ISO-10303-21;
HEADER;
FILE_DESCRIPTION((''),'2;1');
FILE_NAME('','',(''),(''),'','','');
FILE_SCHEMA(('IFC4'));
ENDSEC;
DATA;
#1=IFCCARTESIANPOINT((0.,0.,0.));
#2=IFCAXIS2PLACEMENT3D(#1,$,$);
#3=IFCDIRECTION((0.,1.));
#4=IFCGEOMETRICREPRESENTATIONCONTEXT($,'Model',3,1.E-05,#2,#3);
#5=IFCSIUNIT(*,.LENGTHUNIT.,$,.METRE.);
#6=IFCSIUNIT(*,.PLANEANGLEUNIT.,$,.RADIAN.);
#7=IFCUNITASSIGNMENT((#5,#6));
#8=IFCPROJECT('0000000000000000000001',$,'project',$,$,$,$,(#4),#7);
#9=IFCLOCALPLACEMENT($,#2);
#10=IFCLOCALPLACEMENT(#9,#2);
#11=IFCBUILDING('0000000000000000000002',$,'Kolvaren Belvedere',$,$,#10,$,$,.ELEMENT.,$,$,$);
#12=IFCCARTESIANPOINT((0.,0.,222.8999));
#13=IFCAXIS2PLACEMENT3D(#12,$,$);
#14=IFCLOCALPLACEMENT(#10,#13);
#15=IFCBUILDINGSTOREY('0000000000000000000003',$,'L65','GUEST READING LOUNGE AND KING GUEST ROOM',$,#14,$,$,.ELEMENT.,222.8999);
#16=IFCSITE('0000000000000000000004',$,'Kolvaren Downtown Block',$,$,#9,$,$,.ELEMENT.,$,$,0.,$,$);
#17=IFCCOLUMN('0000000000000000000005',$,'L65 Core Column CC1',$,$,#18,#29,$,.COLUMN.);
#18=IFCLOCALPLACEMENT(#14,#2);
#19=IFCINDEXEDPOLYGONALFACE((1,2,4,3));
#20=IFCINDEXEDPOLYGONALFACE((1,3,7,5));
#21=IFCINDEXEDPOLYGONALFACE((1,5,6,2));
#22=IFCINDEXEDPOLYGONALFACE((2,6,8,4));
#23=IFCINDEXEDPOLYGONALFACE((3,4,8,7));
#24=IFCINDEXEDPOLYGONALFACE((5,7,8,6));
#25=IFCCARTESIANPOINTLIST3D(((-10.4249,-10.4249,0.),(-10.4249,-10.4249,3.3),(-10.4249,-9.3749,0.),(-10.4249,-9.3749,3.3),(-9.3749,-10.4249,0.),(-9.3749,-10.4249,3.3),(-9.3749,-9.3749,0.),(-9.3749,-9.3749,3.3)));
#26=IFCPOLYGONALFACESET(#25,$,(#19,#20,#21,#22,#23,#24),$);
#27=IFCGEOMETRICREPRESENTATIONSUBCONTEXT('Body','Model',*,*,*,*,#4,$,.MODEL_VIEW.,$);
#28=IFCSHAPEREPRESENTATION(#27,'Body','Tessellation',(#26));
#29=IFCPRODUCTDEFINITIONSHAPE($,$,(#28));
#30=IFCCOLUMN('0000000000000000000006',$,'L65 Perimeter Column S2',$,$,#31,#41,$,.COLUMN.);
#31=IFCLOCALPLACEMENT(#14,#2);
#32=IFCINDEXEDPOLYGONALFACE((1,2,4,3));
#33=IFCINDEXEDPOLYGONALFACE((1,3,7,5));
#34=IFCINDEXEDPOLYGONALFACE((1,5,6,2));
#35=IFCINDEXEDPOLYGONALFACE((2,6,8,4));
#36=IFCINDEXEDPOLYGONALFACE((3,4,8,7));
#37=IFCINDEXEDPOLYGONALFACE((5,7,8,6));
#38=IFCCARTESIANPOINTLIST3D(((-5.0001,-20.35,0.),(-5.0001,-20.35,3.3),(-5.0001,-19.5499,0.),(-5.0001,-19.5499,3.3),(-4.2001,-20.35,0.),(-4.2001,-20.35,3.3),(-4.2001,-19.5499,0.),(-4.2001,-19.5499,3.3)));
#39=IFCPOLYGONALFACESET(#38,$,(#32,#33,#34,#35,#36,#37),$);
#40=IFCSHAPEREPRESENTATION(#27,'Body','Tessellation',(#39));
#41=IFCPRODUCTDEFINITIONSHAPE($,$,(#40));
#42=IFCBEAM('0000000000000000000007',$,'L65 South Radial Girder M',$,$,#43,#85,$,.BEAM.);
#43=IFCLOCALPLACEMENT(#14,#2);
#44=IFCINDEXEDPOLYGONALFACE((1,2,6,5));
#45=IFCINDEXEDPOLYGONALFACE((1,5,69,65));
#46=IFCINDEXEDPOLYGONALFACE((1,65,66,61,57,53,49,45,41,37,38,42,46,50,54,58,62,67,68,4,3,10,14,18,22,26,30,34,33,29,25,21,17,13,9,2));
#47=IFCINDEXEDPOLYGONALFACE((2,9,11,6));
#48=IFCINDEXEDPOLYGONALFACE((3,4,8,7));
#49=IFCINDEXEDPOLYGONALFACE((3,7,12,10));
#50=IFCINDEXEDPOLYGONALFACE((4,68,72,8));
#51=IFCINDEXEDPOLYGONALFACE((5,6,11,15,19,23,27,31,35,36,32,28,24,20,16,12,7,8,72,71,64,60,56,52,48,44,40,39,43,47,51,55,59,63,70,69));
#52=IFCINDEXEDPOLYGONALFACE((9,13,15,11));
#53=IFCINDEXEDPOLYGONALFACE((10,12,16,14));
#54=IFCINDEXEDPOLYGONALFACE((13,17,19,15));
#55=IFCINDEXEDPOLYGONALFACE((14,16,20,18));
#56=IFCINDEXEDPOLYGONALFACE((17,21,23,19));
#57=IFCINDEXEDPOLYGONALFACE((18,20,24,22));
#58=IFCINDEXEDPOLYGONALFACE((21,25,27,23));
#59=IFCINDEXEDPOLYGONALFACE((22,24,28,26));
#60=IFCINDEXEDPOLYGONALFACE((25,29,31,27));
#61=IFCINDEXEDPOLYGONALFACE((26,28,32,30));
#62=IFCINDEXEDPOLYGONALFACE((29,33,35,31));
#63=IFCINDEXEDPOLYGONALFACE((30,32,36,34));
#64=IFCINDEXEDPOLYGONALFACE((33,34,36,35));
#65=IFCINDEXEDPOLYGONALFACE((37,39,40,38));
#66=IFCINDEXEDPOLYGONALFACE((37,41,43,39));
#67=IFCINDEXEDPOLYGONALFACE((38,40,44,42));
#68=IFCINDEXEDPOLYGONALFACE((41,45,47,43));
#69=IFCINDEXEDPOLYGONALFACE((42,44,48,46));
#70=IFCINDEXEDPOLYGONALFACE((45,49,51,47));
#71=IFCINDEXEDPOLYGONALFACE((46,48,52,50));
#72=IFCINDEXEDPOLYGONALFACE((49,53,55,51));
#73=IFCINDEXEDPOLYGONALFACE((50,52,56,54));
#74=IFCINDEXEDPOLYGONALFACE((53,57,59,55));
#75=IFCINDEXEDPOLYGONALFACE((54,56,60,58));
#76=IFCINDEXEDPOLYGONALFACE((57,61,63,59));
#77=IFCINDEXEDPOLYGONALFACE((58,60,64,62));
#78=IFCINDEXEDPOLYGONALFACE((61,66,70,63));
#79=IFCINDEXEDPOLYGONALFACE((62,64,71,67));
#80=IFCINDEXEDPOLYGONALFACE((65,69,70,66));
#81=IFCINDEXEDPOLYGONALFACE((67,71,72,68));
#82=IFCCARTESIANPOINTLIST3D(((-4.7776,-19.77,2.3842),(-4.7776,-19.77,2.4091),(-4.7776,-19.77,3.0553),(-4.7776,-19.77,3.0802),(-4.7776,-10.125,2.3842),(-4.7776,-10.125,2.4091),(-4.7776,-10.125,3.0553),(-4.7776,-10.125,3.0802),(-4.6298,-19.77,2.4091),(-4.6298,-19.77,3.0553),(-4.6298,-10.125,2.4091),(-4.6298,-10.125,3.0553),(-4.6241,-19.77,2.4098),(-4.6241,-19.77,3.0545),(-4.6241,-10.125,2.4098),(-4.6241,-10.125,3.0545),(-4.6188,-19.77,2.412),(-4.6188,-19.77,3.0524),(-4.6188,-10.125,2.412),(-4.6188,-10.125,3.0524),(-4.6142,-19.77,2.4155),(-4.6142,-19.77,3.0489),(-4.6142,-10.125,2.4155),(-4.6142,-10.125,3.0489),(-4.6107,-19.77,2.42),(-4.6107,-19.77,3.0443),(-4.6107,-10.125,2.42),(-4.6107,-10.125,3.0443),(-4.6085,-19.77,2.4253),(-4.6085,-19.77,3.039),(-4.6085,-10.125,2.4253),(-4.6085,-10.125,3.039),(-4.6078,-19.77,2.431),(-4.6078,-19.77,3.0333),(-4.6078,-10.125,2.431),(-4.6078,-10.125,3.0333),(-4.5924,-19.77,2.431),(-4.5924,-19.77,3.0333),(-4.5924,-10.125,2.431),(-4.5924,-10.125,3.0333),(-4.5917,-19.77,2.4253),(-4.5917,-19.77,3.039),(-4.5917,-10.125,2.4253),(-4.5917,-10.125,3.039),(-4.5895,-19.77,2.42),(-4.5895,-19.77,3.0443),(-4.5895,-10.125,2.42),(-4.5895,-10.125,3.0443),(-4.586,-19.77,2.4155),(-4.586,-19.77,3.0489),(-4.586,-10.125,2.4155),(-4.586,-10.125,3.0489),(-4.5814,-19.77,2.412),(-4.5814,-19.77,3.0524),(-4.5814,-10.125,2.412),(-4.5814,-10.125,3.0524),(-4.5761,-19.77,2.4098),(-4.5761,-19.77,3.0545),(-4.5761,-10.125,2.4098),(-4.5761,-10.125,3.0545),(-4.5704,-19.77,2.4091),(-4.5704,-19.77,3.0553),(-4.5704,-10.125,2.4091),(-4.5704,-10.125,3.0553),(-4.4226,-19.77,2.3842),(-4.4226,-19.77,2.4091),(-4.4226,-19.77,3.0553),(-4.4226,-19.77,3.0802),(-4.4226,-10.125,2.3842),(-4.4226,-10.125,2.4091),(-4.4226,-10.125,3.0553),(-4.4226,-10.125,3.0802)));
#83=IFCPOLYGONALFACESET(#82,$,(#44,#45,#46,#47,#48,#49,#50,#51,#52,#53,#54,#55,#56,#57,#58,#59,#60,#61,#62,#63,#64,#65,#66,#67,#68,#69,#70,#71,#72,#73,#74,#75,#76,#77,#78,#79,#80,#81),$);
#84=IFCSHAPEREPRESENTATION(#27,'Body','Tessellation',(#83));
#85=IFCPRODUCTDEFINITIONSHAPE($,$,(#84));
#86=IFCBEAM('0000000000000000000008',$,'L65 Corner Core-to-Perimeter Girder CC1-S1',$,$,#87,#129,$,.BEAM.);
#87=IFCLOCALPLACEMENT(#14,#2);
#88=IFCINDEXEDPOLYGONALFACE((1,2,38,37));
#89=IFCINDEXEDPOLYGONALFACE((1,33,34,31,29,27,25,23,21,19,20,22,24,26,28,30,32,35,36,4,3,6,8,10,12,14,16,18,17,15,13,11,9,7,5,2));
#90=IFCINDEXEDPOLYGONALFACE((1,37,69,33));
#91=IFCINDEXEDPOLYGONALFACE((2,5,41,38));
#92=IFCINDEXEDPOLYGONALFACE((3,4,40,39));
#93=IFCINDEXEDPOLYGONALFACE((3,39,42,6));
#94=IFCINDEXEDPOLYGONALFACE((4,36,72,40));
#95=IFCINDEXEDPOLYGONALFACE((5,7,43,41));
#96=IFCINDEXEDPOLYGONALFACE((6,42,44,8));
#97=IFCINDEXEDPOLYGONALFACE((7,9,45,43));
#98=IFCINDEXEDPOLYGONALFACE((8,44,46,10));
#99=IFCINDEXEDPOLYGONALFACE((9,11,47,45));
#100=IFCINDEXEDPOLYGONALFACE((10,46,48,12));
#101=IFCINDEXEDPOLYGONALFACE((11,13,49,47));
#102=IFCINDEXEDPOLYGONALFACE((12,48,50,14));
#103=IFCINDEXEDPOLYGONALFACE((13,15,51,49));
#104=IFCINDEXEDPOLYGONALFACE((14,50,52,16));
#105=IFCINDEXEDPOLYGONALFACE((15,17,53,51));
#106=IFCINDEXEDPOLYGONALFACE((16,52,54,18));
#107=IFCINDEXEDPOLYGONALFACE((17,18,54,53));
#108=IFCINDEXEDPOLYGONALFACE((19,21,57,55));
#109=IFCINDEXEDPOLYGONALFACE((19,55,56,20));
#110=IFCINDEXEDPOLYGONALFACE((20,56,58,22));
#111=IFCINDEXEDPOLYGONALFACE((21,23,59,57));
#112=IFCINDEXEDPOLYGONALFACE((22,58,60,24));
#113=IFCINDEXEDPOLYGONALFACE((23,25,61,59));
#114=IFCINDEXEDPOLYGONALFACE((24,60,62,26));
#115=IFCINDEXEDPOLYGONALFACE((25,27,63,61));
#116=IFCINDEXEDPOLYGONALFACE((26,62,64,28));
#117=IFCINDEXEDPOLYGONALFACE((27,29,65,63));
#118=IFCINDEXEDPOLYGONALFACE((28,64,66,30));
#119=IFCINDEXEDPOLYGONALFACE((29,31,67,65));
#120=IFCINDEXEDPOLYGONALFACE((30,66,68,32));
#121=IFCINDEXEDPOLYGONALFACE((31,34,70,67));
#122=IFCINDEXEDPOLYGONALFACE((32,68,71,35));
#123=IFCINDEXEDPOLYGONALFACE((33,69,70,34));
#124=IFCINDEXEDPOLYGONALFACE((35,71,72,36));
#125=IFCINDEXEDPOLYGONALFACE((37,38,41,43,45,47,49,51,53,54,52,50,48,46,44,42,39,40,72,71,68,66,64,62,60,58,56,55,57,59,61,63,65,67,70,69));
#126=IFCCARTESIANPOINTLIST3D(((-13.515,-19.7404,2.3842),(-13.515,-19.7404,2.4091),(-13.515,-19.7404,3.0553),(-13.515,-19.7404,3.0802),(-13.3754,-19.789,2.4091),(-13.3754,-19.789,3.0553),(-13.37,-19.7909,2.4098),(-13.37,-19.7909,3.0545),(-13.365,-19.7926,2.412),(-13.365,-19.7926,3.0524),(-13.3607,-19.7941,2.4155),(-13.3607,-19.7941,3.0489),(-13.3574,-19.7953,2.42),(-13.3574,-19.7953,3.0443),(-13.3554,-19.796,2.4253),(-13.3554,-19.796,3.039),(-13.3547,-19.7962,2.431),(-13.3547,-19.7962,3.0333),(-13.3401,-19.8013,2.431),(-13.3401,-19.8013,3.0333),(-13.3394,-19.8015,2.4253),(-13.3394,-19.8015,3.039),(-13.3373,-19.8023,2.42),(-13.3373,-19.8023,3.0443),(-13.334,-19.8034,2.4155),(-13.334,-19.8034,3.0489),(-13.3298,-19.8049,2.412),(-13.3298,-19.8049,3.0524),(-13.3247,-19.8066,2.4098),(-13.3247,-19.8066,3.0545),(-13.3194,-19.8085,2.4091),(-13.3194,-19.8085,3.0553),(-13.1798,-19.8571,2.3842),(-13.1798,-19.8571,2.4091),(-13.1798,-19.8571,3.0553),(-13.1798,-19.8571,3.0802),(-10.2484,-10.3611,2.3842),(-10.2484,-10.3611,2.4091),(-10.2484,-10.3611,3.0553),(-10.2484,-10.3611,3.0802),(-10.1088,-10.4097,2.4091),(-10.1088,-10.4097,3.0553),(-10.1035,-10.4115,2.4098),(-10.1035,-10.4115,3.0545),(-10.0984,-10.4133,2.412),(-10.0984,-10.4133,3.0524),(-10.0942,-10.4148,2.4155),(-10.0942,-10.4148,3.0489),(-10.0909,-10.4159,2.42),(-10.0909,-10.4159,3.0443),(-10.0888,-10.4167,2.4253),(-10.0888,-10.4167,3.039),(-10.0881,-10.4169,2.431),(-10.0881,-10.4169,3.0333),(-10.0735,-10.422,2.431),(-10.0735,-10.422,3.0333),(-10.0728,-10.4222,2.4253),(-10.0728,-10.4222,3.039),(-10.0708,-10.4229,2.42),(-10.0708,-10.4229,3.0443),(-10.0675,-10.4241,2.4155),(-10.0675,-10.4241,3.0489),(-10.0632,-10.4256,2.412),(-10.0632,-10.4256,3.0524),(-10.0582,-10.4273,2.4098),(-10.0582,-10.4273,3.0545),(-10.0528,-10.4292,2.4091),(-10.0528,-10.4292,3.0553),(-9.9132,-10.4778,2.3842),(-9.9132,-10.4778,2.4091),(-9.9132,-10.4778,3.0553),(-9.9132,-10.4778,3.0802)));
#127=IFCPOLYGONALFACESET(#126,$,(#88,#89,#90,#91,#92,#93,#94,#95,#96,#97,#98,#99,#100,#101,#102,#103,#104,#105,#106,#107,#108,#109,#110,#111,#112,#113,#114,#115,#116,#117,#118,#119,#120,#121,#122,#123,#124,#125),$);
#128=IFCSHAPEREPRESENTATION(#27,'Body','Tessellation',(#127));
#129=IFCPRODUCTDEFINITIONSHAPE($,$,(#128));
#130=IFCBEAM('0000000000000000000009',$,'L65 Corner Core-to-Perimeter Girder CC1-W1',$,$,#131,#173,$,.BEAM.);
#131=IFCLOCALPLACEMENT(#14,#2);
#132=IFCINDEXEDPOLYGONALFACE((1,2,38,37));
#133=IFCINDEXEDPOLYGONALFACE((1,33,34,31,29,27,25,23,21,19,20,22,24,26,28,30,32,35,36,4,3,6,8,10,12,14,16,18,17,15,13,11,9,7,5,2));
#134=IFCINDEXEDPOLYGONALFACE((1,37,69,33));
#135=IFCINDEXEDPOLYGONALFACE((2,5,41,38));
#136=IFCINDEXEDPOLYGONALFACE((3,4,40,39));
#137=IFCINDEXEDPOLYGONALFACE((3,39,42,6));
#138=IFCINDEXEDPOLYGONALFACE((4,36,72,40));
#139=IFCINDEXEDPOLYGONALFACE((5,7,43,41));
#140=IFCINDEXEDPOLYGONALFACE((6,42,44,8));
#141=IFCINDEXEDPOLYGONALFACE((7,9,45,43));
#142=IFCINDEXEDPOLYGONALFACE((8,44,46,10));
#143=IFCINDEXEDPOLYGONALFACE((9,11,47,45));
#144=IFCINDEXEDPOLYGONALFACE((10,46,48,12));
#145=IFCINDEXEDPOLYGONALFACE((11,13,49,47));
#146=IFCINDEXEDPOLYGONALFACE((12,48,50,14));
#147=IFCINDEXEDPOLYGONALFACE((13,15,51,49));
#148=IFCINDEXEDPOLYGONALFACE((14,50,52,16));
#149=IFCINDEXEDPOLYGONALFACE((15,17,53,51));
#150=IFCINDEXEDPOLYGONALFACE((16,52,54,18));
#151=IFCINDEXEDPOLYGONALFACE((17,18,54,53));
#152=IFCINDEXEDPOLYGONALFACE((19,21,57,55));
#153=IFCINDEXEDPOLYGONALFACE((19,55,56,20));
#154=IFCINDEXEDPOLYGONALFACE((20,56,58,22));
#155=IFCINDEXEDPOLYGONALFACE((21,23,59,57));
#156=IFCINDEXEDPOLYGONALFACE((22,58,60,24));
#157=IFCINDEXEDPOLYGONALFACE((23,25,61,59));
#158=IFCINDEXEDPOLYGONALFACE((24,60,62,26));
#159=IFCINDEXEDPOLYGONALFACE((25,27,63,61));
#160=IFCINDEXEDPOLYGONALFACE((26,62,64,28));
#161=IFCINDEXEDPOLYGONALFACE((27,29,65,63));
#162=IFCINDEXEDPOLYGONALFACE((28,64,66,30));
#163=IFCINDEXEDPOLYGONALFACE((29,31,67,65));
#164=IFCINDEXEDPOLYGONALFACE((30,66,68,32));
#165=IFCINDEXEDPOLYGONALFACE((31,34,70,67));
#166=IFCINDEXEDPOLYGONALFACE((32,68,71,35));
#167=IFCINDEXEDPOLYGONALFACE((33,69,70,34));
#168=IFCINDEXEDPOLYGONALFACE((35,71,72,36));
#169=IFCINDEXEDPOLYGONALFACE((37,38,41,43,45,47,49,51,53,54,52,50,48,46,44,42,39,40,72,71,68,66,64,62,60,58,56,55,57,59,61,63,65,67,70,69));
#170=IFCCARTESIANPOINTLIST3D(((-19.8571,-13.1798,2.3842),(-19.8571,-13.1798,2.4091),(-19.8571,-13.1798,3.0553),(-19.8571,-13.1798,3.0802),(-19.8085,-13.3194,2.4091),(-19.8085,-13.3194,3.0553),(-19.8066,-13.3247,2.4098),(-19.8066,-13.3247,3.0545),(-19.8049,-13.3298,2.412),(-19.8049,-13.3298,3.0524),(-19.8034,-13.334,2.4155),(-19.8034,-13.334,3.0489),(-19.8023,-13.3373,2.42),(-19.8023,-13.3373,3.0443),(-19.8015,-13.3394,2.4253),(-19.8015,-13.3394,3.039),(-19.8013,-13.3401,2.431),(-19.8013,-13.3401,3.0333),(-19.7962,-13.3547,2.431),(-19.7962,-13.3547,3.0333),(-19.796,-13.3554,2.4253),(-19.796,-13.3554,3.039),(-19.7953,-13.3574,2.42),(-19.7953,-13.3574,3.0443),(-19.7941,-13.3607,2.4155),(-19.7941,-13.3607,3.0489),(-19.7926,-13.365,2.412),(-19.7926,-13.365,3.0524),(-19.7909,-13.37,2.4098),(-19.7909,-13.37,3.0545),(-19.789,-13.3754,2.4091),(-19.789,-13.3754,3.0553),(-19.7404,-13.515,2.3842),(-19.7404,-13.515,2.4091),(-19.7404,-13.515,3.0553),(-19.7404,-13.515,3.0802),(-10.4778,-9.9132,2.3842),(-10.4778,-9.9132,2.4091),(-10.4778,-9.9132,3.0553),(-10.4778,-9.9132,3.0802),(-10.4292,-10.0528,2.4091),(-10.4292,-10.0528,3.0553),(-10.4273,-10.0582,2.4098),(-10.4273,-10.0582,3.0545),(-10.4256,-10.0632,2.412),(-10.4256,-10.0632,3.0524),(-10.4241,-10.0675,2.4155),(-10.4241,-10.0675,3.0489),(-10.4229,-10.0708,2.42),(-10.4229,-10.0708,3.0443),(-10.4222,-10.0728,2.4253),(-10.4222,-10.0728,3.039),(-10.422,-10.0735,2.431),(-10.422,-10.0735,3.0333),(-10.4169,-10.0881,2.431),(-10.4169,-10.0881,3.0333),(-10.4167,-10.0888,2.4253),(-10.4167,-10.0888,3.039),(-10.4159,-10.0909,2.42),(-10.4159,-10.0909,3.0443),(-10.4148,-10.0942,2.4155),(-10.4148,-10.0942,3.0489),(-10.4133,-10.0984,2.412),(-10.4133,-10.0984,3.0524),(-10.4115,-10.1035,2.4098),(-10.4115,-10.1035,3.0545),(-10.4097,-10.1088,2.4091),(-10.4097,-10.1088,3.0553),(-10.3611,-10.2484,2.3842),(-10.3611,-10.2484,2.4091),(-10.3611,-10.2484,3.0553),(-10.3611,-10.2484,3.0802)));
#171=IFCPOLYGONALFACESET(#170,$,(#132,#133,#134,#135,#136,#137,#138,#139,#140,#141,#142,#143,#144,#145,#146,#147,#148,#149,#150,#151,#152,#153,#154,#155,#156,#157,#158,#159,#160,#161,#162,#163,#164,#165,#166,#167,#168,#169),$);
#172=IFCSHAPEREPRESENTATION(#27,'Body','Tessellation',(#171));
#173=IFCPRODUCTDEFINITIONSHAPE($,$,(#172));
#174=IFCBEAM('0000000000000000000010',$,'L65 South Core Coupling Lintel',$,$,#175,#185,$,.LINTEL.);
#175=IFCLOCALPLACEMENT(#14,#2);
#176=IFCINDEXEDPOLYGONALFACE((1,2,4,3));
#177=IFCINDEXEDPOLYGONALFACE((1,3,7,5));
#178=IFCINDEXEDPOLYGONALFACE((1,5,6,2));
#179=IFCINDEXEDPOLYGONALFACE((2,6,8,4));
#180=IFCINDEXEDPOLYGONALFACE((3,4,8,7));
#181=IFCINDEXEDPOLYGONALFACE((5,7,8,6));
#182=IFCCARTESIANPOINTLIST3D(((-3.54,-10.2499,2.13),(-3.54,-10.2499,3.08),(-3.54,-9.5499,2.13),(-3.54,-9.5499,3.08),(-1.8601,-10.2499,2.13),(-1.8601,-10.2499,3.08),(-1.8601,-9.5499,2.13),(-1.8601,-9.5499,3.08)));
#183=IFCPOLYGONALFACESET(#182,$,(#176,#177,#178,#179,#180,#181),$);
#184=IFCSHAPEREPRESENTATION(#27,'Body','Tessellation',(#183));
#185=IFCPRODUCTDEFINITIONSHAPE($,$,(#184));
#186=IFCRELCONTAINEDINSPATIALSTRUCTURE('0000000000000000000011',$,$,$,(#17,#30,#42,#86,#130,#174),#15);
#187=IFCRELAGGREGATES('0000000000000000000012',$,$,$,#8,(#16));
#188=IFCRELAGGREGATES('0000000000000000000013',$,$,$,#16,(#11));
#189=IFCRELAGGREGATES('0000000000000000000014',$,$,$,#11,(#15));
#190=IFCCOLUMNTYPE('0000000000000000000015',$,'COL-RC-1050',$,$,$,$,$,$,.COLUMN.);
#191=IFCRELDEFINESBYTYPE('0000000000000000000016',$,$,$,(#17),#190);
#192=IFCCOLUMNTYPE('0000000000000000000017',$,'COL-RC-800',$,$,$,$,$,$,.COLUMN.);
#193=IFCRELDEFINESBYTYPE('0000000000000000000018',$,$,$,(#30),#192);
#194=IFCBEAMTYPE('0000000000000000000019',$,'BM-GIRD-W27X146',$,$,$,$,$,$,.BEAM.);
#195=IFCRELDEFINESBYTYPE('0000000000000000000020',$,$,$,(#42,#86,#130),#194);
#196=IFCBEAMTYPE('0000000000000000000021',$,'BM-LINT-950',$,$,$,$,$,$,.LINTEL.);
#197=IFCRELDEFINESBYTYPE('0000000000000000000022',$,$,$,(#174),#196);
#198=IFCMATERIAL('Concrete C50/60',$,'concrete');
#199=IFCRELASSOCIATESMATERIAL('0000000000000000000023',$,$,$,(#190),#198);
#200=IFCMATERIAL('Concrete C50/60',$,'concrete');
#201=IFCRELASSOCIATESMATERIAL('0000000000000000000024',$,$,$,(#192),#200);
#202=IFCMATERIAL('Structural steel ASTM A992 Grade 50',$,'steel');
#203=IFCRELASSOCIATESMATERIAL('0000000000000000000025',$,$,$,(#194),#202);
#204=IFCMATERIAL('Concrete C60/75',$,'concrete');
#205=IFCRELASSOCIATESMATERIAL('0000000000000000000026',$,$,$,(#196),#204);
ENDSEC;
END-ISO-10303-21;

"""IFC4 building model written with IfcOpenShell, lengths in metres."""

from ifc_helpers import new_model, si_unit, direction, frame, origin, origin_2d, place, context, subcontext, project, spatial, rectangle, i_section, extrude, material, material_profile, profile_set, type_object, element, save


model = new_model("IFC4")

# Units and contexts
model_context = context("Model", 3, precision=1e-05, world=origin(), true_north=direction((0.0, 1.0)))
body_context = subcontext(model_context, "Body", "Model", "MODEL_VIEW")
ifc_project = project(units=[si_unit("LENGTHUNIT", "METRE"), si_unit("PLANEANGLEUNIT", "RADIAN")], contexts=[model_context])

# Site, building, storey
site_placement = place(None, origin())
site = spatial("IfcSite", under=ifc_project, at=site_placement, Name="Kolvaren Downtown Block", CompositionType="ELEMENT", RefElevation=0.0)
building_placement = place(site_placement, origin())
building = spatial("IfcBuilding", under=site, at=building_placement, Name="Kolvaren Belvedere", CompositionType="ELEMENT")
storey_placement = place(building_placement, frame((0.0, 0.0, 222.8999)))
storey = spatial("IfcBuildingStorey", under=building, at=storey_placement, Name="L65", Description="GUEST READING LOUNGE AND KING GUEST ROOM", CompositionType="ELEMENT", Elevation=222.8999)

# Columns
ifc_material_1 = material(Name="Concrete C50/60", Category="concrete")
ifc_material_profile_1 = material_profile(ifc_material_1, rectangle(XDim=1.05, YDim=1.05, at=origin_2d()), Name="RC 1050X1050")
ifc_profile_set_1 = profile_set([ifc_material_profile_1], Name="Concrete C50/60")
column_type_1 = type_object("IfcColumnType", Name="COL-RC-1050", PredefinedType="COLUMN", material=ifc_profile_set_1)
column_1_placement = place(storey_placement, frame((-9.8999, -9.8999, 0.0), z_axis=(0.0, 0.0, 1.0), x_axis=(1.0, 0.0, 0.0)))
element("IfcColumn", 1, at=column_1_placement, inside=storey, type_object=column_type_1, Name="L65 Core Column CC1", PredefinedType="COLUMN", context=body_context, shape_type="SweptSolid", body=[
    extrude(rectangle(XDim=1.05, YDim=1.05, at=origin_2d()), origin(), (0.0, 0.0, 1.0), 3.3),
])
ifc_material_2 = material(Name="Concrete C50/60", Category="concrete")
ifc_material_profile_2 = material_profile(ifc_material_2, rectangle(XDim=0.8, YDim=0.8, at=origin_2d()), Name="RC 800X800")
ifc_profile_set_2 = profile_set([ifc_material_profile_2], Name="Concrete C50/60")
column_type_2 = type_object("IfcColumnType", Name="COL-RC-800", PredefinedType="COLUMN", material=ifc_profile_set_2)
column_2_placement = place(storey_placement, frame((-4.6001, -19.95, 0.0), z_axis=(0.0, 0.0, 1.0), x_axis=(1.0, 0.0, 0.0)))
element("IfcColumn", 2, at=column_2_placement, inside=storey, type_object=column_type_2, Name="L65 Perimeter Column S2", PredefinedType="COLUMN", context=body_context, shape_type="SweptSolid", body=[
    extrude(rectangle(XDim=0.8, YDim=0.8, at=origin_2d()), origin(), (0.0, 0.0, 1.0), 3.3),
])

# Beams
ifc_material_3 = material(Name="Structural steel ASTM A992 Grade 50", Category="steel")
ifc_material_profile_3 = material_profile(ifc_material_3, i_section(OverallWidth=0.355, OverallDepth=0.696, WebThickness=0.0154, FlangeThickness=0.0249, FilletRadius=0.022, at=origin_2d()), Name="W27X146")
ifc_profile_set_3 = profile_set([ifc_material_profile_3], Name="Structural steel ASTM A992 Grade 50")
beam_type_1 = type_object("IfcBeamType", Name="BM-GIRD-W27X146", PredefinedType="BEAM", material=ifc_profile_set_3)
beam_1_placement = place(storey_placement, frame((-4.6001, -10.125, 2.7322), z_axis=(0.0, -1.0, 0.0), x_axis=(1.0, 0.0, 0.0)))
element("IfcBeam", 3, at=beam_1_placement, inside=storey, type_object=beam_type_1, Name="L65 South Radial Girder M", PredefinedType="BEAM", context=body_context, shape_type="SweptSolid", body=[
    extrude(i_section(OverallWidth=0.355, OverallDepth=0.696, WebThickness=0.0154, FlangeThickness=0.0249, FilletRadius=0.022, at=origin_2d()), origin(), (0.0, 0.0, 1.0), 9.645),
])
for number, where, z_axis, x_axis, name in (
    (4, (-10.0808, -10.4194, 2.7322), (-0.328898, -0.944365, 0.0), (0.944365, -0.328898, 0.0), "L65 Corner Core-to-Perimeter Girder CC1-S1"),
    (5, (-10.4194, -10.0808, 2.7322), (-0.944365, -0.328898, 0.0), (0.328898, -0.944365, 0.0), "L65 Corner Core-to-Perimeter Girder CC1-W1"),
):
    element("IfcBeam", number, at=place(storey_placement, frame(where, z_axis=z_axis, x_axis=x_axis)), inside=storey, type_object=beam_type_1, Name=name, PredefinedType="BEAM", context=body_context, shape_type="SweptSolid", body=[
        extrude(i_section(OverallWidth=0.355, OverallDepth=0.696, WebThickness=0.0154, FlangeThickness=0.0249, FilletRadius=0.022, at=origin_2d()), origin(), (0.0, 0.0, 1.0), 9.9319),
    ])
ifc_material_4 = material(Name="Concrete C60/75", Category="concrete")
ifc_material_profile_4 = material_profile(ifc_material_4, rectangle(XDim=0.7, YDim=0.95, at=origin_2d()), Name="RC 700X950")
ifc_profile_set_4 = profile_set([ifc_material_profile_4], Name="Concrete C60/75")
beam_type_2 = type_object("IfcBeamType", Name="BM-LINT-950", PredefinedType="LINTEL", material=ifc_profile_set_4)
beam_2_placement = place(storey_placement, frame((-3.54, -9.8999, 2.605), z_axis=(1.0, 0.0, 0.0), x_axis=(0.0, 1.0, 0.0)))
element("IfcBeam", 6, at=beam_2_placement, inside=storey, type_object=beam_type_2, Name="L65 South Core Coupling Lintel", PredefinedType="LINTEL", context=body_context, shape_type="SweptSolid", body=[
    extrude(rectangle(XDim=0.7, YDim=0.95, at=origin_2d()), origin(), (0.0, 0.0, 1.0), 1.6799),
])

save(model, "model.ifc")
